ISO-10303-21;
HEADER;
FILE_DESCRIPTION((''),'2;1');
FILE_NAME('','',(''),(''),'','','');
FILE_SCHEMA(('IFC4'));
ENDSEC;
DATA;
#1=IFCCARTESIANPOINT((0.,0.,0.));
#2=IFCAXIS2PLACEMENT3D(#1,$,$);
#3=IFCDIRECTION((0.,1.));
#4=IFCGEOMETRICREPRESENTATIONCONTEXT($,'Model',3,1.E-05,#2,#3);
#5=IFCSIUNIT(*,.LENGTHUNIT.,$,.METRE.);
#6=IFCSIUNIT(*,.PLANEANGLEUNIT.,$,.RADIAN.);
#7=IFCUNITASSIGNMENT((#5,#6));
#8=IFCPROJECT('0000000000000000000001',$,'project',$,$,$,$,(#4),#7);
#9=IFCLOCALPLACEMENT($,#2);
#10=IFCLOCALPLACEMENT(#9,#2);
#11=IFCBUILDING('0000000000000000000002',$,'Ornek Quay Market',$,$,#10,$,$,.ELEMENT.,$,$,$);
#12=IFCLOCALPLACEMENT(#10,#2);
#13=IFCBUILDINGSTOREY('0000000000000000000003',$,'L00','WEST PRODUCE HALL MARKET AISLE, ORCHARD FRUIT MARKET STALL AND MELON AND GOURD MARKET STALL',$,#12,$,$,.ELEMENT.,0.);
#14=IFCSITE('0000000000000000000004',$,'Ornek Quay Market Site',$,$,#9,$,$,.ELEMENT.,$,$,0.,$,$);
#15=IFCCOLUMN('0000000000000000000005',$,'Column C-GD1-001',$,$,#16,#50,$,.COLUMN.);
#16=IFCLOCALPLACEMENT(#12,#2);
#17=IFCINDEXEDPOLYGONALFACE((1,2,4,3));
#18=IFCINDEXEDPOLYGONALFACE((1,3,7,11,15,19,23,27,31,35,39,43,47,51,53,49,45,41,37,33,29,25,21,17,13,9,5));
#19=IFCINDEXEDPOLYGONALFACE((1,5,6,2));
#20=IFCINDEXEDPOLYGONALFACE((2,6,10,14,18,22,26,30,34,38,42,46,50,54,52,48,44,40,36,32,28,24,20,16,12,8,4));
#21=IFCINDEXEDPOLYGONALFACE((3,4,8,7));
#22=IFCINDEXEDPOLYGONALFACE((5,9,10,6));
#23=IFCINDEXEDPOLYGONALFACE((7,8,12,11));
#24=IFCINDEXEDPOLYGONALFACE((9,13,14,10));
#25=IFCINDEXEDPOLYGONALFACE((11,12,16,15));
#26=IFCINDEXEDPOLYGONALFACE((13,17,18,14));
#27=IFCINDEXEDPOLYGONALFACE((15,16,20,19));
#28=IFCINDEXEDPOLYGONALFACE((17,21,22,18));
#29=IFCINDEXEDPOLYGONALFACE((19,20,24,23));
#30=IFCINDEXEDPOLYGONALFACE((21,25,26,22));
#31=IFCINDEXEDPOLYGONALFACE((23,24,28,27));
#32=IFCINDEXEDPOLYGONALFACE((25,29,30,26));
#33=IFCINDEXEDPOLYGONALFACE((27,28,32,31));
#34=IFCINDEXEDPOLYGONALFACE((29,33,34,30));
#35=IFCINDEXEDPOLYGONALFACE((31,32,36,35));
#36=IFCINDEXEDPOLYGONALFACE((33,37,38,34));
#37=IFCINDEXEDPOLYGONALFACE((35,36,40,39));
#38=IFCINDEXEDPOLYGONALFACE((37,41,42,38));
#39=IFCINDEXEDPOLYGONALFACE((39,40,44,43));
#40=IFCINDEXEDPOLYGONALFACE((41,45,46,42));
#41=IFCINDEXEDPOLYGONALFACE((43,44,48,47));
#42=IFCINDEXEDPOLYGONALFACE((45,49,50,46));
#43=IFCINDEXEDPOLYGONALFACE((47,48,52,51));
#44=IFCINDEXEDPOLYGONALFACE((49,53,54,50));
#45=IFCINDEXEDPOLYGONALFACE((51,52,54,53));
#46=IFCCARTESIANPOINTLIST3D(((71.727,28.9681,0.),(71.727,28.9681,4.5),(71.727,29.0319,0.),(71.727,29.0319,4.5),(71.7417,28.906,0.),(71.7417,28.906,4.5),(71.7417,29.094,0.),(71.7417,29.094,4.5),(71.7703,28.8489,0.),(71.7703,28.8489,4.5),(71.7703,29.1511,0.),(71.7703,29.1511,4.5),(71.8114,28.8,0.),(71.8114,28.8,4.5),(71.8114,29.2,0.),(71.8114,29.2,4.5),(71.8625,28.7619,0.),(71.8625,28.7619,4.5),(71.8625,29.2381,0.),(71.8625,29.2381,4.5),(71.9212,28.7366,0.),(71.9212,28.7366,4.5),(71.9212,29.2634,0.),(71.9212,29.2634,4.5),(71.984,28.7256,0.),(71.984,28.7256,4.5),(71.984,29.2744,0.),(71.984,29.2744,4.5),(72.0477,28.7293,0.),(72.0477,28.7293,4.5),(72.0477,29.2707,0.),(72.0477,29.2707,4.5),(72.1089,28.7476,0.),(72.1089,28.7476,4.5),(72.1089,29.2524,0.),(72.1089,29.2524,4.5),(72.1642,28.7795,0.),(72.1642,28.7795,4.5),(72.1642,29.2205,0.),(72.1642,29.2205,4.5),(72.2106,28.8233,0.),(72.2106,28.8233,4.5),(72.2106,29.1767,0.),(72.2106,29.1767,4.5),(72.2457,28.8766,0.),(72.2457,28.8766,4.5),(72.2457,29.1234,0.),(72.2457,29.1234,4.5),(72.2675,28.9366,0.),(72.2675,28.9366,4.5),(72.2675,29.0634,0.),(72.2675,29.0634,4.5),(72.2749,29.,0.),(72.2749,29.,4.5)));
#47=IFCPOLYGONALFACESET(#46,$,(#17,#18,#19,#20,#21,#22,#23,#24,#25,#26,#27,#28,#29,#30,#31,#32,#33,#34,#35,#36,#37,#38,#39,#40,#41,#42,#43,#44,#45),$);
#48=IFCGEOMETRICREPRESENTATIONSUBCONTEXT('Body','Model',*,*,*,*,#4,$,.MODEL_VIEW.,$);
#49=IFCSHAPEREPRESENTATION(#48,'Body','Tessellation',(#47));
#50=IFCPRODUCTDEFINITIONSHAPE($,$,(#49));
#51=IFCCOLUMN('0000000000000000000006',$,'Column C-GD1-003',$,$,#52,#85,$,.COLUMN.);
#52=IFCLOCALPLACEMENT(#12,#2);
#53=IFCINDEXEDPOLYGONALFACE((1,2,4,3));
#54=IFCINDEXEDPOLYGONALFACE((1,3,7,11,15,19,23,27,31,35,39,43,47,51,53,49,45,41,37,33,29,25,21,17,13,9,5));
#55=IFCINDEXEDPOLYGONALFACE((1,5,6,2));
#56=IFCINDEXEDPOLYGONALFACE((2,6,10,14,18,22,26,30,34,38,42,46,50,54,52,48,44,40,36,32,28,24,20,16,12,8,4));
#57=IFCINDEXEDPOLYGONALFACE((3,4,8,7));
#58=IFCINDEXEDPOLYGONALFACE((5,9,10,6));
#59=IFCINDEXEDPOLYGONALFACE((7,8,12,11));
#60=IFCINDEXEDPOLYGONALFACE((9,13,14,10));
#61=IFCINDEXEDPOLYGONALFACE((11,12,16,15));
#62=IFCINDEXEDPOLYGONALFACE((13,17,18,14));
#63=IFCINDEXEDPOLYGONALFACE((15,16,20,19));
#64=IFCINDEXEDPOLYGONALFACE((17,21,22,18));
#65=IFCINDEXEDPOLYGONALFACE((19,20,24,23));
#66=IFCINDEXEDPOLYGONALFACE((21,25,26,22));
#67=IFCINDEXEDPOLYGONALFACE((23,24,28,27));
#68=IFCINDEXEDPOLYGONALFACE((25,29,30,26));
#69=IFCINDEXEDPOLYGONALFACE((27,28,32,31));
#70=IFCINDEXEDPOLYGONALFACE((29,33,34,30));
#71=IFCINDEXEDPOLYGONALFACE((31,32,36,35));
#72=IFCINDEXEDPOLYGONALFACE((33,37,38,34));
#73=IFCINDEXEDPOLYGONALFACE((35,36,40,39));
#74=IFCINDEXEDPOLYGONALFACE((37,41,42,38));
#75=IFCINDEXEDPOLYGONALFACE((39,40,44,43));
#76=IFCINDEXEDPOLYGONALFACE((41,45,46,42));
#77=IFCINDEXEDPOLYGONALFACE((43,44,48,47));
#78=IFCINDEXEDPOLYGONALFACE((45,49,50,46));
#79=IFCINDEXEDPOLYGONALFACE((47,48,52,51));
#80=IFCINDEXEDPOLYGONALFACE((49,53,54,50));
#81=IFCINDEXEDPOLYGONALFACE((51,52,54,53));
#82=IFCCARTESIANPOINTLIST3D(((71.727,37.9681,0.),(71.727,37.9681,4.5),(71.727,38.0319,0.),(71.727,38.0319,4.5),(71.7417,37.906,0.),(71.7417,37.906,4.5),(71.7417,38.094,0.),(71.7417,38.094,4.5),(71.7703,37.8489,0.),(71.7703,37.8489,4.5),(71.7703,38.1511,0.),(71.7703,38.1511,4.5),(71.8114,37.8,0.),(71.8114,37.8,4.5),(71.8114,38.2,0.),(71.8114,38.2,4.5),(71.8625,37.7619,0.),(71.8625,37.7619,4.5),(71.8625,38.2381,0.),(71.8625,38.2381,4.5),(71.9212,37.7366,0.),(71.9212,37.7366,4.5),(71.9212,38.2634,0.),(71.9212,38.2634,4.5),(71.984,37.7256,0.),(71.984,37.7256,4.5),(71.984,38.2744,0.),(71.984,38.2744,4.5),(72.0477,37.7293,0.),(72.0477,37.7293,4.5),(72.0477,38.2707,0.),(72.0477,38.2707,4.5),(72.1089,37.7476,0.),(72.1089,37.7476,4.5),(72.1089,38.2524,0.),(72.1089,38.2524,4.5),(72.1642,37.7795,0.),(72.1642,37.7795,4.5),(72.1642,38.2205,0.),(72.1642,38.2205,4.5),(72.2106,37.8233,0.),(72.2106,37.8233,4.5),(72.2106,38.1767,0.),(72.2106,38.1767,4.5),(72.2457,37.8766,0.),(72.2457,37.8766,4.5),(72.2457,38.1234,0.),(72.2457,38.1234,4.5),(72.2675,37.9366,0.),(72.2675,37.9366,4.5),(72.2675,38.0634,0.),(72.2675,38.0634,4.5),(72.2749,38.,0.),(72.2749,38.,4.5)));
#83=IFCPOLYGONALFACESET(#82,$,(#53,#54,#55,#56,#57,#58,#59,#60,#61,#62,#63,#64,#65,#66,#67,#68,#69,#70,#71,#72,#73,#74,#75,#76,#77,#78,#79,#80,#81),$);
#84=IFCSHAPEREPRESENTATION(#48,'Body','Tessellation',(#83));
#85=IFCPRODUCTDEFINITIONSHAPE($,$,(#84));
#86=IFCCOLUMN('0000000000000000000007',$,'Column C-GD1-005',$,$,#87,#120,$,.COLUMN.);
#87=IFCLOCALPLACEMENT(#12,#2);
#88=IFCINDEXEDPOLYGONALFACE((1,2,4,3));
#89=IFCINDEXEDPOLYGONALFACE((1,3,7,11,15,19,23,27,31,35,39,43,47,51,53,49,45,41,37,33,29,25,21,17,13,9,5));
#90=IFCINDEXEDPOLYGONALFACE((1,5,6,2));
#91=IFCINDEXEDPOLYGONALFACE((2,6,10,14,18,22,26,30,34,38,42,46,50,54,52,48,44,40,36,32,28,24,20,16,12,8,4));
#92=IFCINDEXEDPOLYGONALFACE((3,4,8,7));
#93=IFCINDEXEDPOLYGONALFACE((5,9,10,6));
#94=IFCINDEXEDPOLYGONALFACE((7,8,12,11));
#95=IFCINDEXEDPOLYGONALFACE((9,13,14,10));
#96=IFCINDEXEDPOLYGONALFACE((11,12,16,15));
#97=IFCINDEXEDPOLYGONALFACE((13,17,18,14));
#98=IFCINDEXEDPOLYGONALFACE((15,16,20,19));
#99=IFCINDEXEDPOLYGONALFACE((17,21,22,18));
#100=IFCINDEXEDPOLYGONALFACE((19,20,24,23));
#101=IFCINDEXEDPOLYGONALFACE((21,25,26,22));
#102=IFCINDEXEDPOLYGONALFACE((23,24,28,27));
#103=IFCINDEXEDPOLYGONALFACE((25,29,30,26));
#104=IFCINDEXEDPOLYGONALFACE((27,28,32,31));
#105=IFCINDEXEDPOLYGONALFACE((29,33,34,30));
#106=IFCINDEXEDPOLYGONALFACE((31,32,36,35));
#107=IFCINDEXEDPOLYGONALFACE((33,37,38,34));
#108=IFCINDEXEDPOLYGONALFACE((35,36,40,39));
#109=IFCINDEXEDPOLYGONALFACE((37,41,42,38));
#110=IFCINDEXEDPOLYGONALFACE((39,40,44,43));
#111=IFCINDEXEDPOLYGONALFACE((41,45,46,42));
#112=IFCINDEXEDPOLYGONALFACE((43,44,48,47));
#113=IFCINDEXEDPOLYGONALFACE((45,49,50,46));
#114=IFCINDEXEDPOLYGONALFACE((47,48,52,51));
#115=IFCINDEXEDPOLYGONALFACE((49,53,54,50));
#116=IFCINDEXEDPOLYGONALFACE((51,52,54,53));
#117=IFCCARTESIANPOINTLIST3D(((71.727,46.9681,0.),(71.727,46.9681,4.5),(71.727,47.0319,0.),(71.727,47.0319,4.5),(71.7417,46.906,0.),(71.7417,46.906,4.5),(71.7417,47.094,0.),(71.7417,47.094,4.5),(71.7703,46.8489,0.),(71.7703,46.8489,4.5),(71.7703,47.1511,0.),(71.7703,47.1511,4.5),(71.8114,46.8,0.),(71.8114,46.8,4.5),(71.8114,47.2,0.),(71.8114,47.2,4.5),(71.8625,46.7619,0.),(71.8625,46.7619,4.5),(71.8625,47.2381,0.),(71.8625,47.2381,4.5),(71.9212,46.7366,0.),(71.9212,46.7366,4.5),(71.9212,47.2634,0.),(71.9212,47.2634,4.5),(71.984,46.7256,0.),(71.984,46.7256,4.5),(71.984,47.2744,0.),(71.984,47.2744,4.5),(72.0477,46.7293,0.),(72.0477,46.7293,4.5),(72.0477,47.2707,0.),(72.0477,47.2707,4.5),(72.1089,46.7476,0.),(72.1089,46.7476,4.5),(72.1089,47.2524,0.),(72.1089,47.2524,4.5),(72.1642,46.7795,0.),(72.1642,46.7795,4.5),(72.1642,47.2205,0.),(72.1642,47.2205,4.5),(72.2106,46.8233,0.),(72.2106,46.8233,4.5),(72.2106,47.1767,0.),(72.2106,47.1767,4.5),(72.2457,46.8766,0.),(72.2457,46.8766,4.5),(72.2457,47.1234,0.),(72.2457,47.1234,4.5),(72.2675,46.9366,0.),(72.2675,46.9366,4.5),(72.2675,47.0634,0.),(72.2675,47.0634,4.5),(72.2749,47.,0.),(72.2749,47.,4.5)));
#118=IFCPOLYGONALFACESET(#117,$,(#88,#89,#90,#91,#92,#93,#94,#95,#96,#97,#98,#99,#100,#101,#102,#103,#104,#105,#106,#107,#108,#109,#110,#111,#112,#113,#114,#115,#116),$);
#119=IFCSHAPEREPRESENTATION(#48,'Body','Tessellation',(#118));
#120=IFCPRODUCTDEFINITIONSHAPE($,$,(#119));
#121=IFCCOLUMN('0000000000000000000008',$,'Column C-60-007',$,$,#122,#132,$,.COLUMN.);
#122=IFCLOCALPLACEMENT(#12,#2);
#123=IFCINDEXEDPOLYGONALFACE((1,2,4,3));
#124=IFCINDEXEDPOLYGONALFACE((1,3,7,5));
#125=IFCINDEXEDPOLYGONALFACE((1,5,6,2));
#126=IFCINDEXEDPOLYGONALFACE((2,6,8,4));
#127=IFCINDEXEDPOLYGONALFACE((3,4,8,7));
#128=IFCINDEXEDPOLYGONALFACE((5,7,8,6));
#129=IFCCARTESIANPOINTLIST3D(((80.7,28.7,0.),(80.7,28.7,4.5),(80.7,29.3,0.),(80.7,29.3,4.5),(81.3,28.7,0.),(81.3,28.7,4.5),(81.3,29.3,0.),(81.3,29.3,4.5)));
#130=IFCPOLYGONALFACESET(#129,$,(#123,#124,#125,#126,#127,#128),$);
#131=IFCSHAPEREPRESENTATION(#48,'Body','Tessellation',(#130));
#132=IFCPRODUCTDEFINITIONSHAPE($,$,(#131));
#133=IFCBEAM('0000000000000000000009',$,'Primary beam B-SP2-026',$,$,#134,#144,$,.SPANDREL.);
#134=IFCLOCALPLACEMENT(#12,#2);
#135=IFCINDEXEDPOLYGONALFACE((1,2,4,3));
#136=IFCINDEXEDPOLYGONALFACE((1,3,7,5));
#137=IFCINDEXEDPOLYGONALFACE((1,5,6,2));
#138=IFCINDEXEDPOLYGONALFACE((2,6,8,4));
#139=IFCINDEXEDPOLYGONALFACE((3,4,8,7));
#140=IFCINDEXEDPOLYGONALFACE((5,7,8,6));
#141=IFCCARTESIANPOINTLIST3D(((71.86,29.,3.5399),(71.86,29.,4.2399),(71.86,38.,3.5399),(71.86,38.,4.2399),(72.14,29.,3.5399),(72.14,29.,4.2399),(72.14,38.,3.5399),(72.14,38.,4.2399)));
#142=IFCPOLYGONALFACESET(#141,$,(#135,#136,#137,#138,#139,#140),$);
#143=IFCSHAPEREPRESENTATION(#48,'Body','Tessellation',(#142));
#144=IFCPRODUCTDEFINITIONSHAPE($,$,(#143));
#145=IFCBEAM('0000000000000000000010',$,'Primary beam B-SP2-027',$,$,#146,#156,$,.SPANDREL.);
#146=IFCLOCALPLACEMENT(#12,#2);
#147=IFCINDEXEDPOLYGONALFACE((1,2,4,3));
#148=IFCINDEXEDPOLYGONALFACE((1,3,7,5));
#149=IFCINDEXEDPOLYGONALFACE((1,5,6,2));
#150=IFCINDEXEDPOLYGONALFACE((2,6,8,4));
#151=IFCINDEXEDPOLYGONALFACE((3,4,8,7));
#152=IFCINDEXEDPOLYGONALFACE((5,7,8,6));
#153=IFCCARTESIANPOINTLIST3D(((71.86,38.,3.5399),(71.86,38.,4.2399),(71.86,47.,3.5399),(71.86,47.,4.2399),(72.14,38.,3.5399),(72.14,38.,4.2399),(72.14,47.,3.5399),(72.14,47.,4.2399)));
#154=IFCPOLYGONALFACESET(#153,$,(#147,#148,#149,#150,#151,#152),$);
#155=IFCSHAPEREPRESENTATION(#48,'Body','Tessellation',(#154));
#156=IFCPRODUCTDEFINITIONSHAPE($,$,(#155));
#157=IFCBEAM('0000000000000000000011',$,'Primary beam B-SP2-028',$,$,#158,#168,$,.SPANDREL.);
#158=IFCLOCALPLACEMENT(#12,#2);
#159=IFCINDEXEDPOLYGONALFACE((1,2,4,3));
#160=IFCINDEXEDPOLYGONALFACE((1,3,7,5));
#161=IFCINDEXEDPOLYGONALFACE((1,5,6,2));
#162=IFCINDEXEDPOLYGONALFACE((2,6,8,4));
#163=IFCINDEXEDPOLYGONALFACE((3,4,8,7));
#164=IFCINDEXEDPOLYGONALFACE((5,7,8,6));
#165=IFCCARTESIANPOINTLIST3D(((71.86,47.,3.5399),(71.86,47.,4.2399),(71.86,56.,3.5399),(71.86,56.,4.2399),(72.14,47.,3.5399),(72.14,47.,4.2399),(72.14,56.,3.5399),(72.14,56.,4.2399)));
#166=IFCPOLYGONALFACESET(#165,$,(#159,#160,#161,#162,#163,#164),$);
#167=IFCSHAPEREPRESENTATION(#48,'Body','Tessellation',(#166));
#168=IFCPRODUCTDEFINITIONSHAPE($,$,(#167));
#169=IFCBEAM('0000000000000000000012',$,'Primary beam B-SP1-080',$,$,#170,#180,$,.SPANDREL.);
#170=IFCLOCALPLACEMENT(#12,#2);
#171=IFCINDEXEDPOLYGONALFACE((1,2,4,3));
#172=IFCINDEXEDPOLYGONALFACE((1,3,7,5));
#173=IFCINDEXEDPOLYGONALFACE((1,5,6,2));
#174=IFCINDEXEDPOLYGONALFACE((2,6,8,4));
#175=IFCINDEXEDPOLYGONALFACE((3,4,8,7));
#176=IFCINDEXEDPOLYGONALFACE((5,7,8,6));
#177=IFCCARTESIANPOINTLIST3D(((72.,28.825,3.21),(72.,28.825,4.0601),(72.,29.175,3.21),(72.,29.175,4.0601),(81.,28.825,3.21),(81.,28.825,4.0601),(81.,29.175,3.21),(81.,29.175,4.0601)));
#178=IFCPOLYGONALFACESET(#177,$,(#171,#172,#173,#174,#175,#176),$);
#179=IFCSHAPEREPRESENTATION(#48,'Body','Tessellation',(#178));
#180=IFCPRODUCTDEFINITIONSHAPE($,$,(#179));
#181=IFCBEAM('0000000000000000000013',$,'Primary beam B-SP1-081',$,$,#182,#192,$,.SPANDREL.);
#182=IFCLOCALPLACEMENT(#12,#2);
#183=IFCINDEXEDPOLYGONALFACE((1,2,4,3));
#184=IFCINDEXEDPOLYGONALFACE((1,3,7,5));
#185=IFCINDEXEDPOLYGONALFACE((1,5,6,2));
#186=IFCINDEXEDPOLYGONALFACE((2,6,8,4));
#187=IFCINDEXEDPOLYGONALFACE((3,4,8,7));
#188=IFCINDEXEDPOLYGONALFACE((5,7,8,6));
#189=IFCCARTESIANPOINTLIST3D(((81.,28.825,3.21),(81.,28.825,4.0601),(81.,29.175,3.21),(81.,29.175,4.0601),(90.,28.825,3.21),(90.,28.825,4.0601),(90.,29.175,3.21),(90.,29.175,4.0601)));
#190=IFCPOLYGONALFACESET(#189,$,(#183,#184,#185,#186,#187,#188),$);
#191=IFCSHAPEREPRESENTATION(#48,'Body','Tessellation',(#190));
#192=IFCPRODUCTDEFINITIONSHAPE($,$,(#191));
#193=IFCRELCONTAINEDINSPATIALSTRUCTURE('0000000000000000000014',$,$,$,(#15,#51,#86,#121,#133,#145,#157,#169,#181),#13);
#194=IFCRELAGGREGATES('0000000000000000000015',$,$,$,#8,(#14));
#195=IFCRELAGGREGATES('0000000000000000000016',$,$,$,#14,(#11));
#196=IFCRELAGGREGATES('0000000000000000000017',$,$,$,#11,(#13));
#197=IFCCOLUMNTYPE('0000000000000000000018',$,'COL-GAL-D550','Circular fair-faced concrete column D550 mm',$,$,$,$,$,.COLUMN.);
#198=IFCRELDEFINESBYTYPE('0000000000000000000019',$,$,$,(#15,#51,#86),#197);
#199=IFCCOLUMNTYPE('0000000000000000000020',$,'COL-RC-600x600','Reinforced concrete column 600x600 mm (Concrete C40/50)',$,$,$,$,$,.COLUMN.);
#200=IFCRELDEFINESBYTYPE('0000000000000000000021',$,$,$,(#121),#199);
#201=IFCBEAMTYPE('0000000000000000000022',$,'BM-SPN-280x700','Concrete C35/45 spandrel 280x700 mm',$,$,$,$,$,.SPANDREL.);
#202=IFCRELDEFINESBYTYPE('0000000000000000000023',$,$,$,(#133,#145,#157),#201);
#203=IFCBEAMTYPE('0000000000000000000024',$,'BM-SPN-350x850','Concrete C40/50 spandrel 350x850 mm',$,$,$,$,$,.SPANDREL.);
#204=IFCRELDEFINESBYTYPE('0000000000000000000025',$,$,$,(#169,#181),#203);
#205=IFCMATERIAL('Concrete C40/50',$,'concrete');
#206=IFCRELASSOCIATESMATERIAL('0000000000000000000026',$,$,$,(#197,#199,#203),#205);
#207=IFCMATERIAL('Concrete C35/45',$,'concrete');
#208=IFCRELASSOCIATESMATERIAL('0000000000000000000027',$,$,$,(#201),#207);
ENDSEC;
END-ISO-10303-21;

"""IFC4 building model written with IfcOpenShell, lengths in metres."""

from ifc_helpers import new_model, si_unit, direction, frame, origin, origin_2d, place, context, subcontext, project, spatial, rectangle, circle, extrude, material, material_profile, profile_set, type_object, element, save


model = new_model("IFC4")

# Units and contexts
model_context = context("Model", 3, precision=1e-05, world=origin(), true_north=direction((0.0, 1.0)))
body_context = subcontext(model_context, "Body", "Model", "MODEL_VIEW")
ifc_project = project(units=[si_unit("LENGTHUNIT", "METRE"), si_unit("PLANEANGLEUNIT", "RADIAN")], contexts=[model_context])

# Site, building, storey
site_placement = place(None, origin())
site = spatial("IfcSite", under=ifc_project, at=site_placement, Name="Ornek Quay Market Site", CompositionType="ELEMENT", RefElevation=0.0)
building_placement = place(site_placement, origin())
building = spatial("IfcBuilding", under=site, at=building_placement, Name="Ornek Quay Market", CompositionType="ELEMENT")
storey_placement = place(building_placement, origin())
storey = spatial("IfcBuildingStorey", under=building, at=storey_placement, Name="L00", Description="WEST PRODUCE HALL MARKET AISLE, ORCHARD FRUIT MARKET STALL AND MELON AND GOURD MARKET STALL", CompositionType="ELEMENT", Elevation=0.0)

# Columns
ifc_material_1 = material(Name="Concrete C40/50", Category="concrete")
ifc_material_profile_1 = material_profile(ifc_material_1, circle(Radius=0.2749, at=origin_2d()), Name="RC D550", Category="concrete")
ifc_profile_set_1 = profile_set([ifc_material_profile_1], Name="Concrete C40/50")
column_type_1 = type_object("IfcColumnType", Name="COL-GAL-D550", Description="Circular fair-faced concrete column D550 mm", PredefinedType="COLUMN", material=ifc_profile_set_1)
for number, where, z_axis, x_axis, name in (
    (1, (72.0, 29.0, 0.0), (0.0, 0.0, 1.0), (1.0, 0.0, 0.0), "Column C-GD1-001"),
    (2, (72.0, 38.0, 0.0), (0.0, 0.0, 1.0), (1.0, 0.0, 0.0), "Column C-GD1-003"),
    (3, (72.0, 47.0, 0.0), (0.0, 0.0, 1.0), (1.0, 0.0, 0.0), "Column C-GD1-005"),
):
    element("IfcColumn", number, at=place(storey_placement, frame(where, z_axis=z_axis, x_axis=x_axis)), inside=storey, type_object=column_type_1, Name=name, PredefinedType="COLUMN", context=body_context, shape_type="SweptSolid", body=[
        extrude(circle(Radius=0.2749, at=origin_2d()), origin(), (0.0, 0.0, 1.0), 4.5),
    ])
ifc_material_profile_2 = material_profile(ifc_material_1, rectangle(XDim=0.6001, YDim=0.6001, at=origin_2d()), Name="RC 600x600", Category="concrete")
ifc_profile_set_2 = profile_set([ifc_material_profile_2], Name="Concrete C40/50")
column_type_2 = type_object("IfcColumnType", Name="COL-RC-600x600", Description="Reinforced concrete column 600x600 mm (Concrete C40/50)", PredefinedType="COLUMN", material=ifc_profile_set_2)
column_placement = place(storey_placement, frame((81.0, 29.0, 0.0), z_axis=(0.0, 0.0, 1.0), x_axis=(1.0, 0.0, 0.0)))
element("IfcColumn", 4, at=column_placement, inside=storey, type_object=column_type_2, Name="Column C-60-007", PredefinedType="COLUMN", context=body_context, shape_type="SweptSolid", body=[
    extrude(rectangle(XDim=0.6001, YDim=0.6001, at=origin_2d()), origin(), (0.0, 0.0, 1.0), 4.5),
])

# Beams
ifc_material_2 = material(Name="Concrete C35/45", Category="concrete")
ifc_material_profile_3 = material_profile(ifc_material_2, rectangle(XDim=0.28, YDim=0.7, at=origin_2d()), Name="RC 280x700", Category="concrete")
ifc_profile_set_3 = profile_set([ifc_material_profile_3], Name="Concrete C35/45")
beam_type_1 = type_object("IfcBeamType", Name="BM-SPN-280x700", Description="Concrete C35/45 spandrel 280x700 mm", PredefinedType="SPANDREL", material=ifc_profile_set_3)
for number, where, z_axis, x_axis, name in (
    (5, (72.0, 29.0, 3.8899), (0.0, 1.0, 0.0), (-1.0, 0.0, 0.0), "Primary beam B-SP2-026"),
    (6, (72.0, 38.0, 3.8899), (0.0, 1.0, 0.0), (-1.0, 0.0, 0.0), "Primary beam B-SP2-027"),
    (7, (72.0, 47.0, 3.8899), (0.0, 1.0, 0.0), (-1.0, 0.0, 0.0), "Primary beam B-SP2-028"),
):
    element("IfcBeam", number, at=place(storey_placement, frame(where, z_axis=z_axis, x_axis=x_axis)), inside=storey, type_object=beam_type_1, Name=name, PredefinedType="SPANDREL", context=body_context, shape_type="SweptSolid", body=[
        extrude(rectangle(XDim=0.28, YDim=0.7, at=origin_2d()), origin(), (0.0, 0.0, 1.0), 9.0),
    ])
ifc_material_profile_4 = material_profile(ifc_material_1, rectangle(XDim=0.3501, YDim=0.8501, at=origin_2d()), Name="RC 350x850", Category="concrete")
ifc_profile_set_4 = profile_set([ifc_material_profile_4], Name="Concrete C40/50")
beam_type_2 = type_object("IfcBeamType", Name="BM-SPN-350x850", Description="Concrete C40/50 spandrel 350x850 mm", PredefinedType="SPANDREL", material=ifc_profile_set_4)
for number, where, z_axis, x_axis, name in (
    (8, (72.0, 29.0, 3.635), (1.0, 0.0, 0.0), (0.0, 1.0, 0.0), "Primary beam B-SP1-080"),
    (9, (81.0, 29.0, 3.635), (1.0, 0.0, 0.0), (0.0, 1.0, 0.0), "Primary beam B-SP1-081"),
):
    element("IfcBeam", number, at=place(storey_placement, frame(where, z_axis=z_axis, x_axis=x_axis)), inside=storey, type_object=beam_type_2, Name=name, PredefinedType="SPANDREL", context=body_context, shape_type="SweptSolid", body=[
        extrude(rectangle(XDim=0.3501, YDim=0.8501, at=origin_2d()), origin(), (0.0, 0.0, 1.0), 9.0),
    ])

save(model, "model.ifc")
